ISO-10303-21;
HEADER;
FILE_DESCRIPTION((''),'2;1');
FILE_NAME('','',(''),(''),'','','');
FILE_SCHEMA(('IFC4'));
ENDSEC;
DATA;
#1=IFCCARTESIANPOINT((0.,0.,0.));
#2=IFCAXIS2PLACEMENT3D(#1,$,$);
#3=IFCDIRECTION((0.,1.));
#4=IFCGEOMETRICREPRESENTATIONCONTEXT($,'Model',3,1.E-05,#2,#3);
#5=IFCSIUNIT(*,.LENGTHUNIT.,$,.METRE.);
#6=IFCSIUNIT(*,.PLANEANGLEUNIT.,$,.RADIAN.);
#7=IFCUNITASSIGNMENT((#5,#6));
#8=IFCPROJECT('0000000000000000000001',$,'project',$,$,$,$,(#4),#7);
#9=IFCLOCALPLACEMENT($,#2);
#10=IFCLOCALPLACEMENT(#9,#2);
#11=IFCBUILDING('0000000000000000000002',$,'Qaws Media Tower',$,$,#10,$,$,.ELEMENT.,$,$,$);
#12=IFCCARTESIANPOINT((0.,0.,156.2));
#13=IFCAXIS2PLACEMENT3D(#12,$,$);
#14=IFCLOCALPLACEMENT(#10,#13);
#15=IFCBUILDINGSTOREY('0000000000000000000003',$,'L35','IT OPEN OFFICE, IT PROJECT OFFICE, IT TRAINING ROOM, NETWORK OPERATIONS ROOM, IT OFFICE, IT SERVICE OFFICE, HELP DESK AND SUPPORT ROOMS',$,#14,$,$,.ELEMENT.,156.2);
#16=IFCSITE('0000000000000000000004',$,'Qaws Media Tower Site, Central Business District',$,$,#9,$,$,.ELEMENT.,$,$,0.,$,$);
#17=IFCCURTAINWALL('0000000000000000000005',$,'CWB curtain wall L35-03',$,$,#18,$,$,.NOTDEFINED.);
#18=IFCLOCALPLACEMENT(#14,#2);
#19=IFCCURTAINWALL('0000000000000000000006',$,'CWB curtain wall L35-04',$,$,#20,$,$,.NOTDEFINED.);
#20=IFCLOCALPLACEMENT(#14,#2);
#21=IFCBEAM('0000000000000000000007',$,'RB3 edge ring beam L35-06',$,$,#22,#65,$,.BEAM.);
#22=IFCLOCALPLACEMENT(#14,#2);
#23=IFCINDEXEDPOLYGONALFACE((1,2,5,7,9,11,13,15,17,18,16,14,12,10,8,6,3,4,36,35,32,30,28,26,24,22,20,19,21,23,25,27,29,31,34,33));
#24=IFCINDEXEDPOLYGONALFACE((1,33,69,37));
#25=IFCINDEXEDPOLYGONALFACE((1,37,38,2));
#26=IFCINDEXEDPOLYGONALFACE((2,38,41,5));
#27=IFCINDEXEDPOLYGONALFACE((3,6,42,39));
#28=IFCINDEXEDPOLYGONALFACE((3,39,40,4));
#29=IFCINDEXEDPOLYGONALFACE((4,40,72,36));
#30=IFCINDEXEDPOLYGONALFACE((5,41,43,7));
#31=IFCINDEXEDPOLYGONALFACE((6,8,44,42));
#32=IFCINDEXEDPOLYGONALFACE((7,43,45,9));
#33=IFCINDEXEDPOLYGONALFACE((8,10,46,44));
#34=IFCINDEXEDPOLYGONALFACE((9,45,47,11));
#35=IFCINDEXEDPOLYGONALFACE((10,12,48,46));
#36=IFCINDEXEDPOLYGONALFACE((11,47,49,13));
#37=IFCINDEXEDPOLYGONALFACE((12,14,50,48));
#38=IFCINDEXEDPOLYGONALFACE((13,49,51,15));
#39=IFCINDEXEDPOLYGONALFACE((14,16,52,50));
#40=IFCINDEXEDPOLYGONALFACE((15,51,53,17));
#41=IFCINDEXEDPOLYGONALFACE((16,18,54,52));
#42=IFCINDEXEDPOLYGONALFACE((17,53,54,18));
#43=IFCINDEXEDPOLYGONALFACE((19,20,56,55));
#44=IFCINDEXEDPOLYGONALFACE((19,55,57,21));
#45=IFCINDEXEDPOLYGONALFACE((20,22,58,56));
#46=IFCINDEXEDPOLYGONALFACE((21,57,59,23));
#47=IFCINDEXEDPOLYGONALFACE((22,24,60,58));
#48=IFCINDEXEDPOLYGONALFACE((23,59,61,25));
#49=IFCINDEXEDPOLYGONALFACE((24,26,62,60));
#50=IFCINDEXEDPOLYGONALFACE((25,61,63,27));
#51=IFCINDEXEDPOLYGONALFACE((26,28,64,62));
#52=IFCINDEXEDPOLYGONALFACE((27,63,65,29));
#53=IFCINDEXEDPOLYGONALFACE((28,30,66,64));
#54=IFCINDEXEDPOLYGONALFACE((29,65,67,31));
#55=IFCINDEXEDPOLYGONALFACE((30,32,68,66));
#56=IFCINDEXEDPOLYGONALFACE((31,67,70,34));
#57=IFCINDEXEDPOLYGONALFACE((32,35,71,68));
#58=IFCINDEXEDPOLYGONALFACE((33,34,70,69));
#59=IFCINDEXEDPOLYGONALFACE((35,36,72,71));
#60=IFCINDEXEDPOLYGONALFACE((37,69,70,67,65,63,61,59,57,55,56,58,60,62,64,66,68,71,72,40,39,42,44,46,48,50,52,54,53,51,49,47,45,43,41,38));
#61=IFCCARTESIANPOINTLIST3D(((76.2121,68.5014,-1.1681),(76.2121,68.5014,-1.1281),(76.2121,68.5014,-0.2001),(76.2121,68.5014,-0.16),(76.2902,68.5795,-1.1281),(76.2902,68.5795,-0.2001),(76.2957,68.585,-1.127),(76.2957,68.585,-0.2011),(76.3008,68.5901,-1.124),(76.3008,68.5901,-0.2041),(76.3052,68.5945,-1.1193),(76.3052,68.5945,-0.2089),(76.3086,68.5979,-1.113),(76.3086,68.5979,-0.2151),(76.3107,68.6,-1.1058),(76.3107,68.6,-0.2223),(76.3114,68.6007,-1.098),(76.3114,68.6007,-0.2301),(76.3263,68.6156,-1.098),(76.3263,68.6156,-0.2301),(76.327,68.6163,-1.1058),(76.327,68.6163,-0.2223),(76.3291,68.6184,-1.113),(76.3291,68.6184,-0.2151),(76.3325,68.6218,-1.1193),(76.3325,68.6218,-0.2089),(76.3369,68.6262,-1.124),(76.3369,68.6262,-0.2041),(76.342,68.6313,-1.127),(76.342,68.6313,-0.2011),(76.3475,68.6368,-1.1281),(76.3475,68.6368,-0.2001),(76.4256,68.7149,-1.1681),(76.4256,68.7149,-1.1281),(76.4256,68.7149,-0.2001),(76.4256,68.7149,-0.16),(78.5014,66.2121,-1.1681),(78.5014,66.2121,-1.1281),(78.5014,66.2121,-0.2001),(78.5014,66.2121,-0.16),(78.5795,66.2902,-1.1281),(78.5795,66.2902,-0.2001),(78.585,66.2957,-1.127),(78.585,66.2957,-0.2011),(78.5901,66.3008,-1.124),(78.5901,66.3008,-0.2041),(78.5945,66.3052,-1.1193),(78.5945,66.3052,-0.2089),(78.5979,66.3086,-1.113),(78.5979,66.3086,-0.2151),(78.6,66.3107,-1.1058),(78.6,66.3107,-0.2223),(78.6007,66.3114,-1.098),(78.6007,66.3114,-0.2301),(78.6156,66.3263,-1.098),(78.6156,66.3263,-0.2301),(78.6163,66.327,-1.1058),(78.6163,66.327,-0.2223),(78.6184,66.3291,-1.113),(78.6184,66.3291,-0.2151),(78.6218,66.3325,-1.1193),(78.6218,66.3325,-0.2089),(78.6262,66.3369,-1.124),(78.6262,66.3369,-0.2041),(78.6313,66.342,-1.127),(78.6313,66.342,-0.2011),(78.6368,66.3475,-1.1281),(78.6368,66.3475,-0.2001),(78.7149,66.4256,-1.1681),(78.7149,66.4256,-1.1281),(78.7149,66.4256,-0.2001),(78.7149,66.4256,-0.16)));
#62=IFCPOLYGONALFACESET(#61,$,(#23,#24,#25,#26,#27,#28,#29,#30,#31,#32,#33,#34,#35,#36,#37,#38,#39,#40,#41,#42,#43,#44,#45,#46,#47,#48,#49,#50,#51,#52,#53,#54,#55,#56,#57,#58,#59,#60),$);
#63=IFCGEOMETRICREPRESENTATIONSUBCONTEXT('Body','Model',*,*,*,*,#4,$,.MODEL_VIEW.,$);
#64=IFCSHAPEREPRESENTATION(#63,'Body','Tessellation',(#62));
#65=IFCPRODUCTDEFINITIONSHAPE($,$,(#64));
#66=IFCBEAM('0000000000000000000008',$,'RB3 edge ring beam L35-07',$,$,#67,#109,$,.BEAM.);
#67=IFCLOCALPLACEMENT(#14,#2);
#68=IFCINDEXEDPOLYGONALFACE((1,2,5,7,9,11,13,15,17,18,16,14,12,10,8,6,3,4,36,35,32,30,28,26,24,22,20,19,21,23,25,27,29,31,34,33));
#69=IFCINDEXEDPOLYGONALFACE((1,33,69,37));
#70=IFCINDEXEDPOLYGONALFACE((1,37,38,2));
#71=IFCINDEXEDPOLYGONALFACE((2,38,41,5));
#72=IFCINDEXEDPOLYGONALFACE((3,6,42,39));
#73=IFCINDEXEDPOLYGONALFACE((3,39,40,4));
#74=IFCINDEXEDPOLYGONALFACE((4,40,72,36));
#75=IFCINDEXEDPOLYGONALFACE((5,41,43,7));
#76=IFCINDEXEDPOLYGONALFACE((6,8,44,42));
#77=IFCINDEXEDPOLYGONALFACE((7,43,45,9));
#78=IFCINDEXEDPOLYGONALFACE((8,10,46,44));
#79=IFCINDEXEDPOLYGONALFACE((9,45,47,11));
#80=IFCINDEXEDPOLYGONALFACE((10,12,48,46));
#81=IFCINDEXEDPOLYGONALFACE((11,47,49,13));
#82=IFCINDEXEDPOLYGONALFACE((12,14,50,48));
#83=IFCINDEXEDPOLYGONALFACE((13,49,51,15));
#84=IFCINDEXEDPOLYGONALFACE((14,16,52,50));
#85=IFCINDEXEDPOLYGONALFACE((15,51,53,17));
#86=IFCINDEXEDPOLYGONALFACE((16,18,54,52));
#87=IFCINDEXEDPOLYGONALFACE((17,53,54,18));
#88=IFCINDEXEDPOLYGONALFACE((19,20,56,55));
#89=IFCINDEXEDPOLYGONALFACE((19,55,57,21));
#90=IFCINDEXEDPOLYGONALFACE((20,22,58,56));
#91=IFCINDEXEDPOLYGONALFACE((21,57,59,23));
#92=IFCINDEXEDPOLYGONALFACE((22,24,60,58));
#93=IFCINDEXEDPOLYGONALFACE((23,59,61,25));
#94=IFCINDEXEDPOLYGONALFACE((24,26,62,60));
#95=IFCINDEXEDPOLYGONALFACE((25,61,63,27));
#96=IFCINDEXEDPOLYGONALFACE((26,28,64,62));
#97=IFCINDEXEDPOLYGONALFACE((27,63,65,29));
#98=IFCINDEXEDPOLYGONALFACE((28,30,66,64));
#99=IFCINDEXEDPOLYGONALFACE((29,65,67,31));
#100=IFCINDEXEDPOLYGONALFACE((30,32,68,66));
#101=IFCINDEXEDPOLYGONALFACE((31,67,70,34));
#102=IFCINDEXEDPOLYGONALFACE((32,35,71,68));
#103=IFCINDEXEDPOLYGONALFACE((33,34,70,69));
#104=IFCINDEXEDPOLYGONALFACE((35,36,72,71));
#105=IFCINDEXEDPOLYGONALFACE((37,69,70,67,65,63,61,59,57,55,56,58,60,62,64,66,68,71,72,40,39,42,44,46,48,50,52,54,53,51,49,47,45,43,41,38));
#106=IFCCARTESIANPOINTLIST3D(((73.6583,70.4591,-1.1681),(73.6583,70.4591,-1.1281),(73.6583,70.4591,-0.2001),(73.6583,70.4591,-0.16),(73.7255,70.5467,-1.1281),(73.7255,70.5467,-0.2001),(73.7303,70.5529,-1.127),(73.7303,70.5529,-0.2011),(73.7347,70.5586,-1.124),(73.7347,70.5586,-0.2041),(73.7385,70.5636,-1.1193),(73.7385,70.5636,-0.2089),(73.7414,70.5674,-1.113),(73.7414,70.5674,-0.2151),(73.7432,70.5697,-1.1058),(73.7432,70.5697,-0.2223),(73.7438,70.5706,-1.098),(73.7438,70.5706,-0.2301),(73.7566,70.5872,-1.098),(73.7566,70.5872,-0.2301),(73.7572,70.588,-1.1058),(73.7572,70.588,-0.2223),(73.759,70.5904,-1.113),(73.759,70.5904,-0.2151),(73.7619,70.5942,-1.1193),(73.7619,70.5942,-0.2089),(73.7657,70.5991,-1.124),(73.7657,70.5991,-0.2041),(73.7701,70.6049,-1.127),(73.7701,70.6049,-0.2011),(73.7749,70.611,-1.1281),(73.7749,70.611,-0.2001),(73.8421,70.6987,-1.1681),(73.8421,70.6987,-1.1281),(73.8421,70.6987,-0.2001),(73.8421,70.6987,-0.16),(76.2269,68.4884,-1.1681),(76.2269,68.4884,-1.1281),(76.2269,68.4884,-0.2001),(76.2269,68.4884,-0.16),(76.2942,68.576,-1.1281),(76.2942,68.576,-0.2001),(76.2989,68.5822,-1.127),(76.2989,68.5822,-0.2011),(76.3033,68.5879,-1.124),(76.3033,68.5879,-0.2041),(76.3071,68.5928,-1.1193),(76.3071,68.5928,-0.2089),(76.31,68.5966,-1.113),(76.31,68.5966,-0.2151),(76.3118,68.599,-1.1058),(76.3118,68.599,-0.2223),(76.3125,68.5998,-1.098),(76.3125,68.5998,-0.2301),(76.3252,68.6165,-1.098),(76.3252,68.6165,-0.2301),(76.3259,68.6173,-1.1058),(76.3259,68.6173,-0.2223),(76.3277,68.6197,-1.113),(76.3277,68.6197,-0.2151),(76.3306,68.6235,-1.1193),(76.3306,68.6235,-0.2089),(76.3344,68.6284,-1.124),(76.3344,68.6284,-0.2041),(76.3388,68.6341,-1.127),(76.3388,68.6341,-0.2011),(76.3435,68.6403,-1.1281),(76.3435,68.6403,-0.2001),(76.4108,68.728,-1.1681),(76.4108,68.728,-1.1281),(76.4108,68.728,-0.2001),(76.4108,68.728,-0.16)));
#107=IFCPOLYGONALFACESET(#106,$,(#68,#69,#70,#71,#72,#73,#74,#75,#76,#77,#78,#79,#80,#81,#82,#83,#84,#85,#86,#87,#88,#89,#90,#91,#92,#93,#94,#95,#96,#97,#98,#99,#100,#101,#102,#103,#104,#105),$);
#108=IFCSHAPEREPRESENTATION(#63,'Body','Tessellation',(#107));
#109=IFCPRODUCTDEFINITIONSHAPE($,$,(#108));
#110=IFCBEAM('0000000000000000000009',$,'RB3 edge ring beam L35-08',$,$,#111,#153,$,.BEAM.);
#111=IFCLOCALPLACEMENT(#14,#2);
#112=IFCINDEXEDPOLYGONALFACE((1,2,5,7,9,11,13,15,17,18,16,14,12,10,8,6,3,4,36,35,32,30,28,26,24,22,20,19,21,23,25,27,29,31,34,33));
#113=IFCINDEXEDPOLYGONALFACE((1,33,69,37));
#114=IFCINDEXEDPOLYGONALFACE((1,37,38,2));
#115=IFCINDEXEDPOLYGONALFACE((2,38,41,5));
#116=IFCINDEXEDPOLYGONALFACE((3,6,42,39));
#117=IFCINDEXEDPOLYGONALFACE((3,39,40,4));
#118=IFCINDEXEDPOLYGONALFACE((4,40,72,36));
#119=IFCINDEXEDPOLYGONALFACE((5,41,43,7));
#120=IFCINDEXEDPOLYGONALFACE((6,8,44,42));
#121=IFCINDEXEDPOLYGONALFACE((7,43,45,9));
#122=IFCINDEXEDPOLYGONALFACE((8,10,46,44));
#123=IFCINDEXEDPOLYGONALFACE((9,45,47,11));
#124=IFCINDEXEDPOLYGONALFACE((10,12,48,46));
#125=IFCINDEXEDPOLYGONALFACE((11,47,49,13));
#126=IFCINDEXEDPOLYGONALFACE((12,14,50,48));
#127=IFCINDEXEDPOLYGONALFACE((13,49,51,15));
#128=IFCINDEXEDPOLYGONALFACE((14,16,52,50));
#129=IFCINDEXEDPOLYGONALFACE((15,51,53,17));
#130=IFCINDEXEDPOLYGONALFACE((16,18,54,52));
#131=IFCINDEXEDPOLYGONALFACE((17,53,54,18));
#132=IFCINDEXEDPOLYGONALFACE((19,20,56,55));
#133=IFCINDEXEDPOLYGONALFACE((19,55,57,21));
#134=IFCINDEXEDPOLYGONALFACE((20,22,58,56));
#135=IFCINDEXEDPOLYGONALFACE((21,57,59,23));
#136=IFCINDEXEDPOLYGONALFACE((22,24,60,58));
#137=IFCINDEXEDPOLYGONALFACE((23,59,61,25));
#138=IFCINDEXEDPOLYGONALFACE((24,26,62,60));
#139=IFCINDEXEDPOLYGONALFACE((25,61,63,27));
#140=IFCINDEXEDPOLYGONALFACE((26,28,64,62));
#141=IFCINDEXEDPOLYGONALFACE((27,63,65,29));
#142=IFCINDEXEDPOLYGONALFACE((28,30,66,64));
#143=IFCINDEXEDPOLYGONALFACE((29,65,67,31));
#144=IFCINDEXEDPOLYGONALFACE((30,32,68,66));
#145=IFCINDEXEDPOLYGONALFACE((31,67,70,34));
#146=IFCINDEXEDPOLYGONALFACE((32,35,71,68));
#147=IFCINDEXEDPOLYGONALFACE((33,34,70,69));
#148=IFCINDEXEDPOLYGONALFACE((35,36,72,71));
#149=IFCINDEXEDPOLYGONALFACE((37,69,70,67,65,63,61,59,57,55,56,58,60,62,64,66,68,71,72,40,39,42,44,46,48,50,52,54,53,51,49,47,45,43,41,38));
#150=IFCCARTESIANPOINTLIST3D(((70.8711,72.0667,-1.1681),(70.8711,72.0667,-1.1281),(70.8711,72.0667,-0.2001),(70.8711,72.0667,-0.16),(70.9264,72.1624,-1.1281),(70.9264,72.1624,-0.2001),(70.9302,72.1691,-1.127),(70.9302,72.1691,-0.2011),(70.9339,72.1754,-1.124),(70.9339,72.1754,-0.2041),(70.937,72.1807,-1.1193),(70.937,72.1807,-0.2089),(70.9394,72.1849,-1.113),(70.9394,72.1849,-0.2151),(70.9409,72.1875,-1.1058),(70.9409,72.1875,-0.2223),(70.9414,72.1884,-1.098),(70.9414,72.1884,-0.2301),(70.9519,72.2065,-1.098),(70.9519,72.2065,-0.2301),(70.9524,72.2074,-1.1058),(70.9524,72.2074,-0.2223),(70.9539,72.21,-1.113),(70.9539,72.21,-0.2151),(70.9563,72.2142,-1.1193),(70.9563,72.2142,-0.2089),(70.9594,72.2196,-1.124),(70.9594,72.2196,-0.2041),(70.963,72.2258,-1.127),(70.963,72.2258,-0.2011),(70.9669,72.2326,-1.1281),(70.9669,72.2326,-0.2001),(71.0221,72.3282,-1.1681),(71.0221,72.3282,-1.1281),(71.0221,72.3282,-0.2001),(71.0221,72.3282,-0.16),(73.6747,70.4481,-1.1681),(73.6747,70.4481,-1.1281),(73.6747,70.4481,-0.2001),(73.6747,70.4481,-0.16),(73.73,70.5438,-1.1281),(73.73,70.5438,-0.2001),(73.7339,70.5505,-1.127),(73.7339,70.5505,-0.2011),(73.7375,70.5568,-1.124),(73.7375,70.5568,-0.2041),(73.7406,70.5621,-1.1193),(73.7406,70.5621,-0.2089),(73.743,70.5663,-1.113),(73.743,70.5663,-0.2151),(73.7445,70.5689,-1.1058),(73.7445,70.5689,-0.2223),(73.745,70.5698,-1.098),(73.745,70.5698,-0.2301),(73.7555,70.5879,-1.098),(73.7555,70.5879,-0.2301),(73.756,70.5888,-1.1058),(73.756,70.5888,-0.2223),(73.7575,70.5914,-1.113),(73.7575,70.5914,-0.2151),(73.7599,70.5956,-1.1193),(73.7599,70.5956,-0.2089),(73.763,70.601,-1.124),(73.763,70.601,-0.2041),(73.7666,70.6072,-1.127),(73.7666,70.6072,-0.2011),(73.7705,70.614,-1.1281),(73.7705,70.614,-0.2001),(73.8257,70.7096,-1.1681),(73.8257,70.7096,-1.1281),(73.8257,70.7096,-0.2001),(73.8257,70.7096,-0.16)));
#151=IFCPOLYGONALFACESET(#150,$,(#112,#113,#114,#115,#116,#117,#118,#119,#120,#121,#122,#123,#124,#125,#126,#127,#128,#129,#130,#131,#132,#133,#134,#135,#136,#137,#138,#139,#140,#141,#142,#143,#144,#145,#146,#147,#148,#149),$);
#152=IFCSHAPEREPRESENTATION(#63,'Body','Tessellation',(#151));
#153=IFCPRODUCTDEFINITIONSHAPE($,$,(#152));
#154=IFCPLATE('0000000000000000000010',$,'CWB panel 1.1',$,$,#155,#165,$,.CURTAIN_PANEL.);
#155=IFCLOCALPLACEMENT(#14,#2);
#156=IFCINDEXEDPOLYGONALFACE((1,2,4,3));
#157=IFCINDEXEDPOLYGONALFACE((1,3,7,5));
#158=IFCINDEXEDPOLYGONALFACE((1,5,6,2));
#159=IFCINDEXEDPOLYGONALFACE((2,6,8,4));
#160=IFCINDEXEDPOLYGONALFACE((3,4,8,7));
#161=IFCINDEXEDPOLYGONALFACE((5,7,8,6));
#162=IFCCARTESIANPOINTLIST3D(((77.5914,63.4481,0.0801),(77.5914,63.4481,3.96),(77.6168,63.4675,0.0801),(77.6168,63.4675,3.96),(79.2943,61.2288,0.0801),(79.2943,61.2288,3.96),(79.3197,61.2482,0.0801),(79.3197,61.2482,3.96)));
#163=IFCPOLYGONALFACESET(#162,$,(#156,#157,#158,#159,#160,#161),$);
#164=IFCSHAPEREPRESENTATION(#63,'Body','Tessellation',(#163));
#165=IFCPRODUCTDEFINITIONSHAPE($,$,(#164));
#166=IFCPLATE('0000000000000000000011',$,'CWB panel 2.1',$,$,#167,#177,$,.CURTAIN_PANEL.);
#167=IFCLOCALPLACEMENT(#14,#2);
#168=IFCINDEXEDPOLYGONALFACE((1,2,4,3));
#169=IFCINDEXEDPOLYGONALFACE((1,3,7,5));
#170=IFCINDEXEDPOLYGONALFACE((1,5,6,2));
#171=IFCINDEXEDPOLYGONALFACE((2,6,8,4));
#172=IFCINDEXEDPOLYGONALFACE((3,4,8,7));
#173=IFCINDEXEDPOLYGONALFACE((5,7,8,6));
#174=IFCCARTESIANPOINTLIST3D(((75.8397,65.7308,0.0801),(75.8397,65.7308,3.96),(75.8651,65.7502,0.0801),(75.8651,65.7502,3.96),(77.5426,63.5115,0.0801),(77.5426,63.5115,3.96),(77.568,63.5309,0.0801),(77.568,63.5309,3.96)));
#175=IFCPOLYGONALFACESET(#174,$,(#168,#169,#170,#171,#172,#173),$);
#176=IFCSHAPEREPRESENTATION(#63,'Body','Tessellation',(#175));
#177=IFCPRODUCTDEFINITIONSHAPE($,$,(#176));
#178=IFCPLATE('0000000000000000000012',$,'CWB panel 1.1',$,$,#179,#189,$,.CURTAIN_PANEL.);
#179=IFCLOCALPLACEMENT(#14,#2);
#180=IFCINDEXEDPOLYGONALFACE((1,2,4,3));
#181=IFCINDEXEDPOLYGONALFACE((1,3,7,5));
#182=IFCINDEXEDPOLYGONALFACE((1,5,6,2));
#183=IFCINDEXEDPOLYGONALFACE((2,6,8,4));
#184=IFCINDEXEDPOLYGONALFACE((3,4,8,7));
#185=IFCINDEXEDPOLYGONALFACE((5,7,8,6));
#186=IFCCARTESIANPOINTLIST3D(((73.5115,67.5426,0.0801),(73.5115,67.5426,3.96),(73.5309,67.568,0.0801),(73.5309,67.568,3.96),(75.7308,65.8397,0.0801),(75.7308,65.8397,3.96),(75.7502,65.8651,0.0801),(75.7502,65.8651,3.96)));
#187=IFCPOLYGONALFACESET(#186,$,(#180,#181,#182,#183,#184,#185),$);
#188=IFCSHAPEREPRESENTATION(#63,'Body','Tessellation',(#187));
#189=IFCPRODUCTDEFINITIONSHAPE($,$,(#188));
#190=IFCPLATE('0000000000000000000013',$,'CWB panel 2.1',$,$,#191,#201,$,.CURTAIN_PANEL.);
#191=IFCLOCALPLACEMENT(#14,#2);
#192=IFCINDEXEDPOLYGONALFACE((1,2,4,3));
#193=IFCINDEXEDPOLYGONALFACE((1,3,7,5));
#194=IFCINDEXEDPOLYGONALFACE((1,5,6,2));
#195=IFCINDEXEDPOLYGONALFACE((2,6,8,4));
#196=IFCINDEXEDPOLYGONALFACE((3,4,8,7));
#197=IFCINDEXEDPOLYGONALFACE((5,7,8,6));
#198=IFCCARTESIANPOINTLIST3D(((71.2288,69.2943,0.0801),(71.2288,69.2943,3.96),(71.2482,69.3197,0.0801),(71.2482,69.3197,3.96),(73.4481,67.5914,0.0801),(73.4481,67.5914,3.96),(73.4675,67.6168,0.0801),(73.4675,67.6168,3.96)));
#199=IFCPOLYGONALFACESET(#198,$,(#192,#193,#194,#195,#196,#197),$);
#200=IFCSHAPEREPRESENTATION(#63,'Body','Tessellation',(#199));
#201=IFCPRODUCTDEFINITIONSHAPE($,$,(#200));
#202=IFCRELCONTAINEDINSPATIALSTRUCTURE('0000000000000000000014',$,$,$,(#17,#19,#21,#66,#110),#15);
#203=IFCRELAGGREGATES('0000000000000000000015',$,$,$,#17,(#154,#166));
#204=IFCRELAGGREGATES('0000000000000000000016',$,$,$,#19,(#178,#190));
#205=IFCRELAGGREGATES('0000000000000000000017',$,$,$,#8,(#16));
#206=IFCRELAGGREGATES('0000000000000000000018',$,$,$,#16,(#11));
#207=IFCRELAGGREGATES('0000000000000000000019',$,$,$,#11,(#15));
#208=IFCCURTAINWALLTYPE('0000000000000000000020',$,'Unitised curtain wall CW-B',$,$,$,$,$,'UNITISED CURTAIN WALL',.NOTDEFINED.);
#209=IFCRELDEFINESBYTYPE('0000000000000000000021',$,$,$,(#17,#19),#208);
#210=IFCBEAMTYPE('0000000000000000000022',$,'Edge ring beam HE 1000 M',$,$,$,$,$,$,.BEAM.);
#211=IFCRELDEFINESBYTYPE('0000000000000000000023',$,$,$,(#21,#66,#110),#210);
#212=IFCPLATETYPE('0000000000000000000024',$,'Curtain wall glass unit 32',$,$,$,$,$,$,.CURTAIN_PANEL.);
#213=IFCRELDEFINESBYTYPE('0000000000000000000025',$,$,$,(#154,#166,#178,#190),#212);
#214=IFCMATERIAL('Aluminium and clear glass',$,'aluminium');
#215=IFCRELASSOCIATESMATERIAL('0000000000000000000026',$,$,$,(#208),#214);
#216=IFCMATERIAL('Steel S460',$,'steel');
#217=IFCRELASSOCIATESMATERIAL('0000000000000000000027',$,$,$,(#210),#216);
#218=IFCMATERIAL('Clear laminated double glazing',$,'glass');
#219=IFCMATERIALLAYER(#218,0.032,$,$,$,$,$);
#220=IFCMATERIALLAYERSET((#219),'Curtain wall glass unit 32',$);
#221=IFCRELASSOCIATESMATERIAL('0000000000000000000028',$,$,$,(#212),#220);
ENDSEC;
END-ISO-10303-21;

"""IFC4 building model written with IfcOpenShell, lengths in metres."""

from ifc_helpers import new_model, si_unit, direction, frame, origin, origin_2d, place, context, subcontext, project, spatial, rectangle, i_section, extrude, material, layer, layer_set, material_profile, profile_set, type_object, element, aggregate, save


model = new_model("IFC4")

# Units and contexts
model_context = context("Model", 3, precision=1e-05, world=origin(), true_north=direction((0.0, 1.0)))
body_context = subcontext(model_context, "Body", "Model", "MODEL_VIEW")
ifc_project = project(units=[si_unit("LENGTHUNIT", "METRE"), si_unit("PLANEANGLEUNIT", "RADIAN")], contexts=[model_context])

# Site, building, storey
site_placement = place(None, origin())
site = spatial("IfcSite", under=ifc_project, at=site_placement, Name="Qaws Media Tower Site, Central Business District", CompositionType="ELEMENT", RefElevation=0.0)
building_placement = place(site_placement, origin())
building = spatial("IfcBuilding", under=site, at=building_placement, Name="Qaws Media Tower", CompositionType="ELEMENT")
storey_placement = place(building_placement, frame((0.0, 0.0, 156.2)))
storey = spatial("IfcBuildingStorey", under=building, at=storey_placement, Name="L35", Description="IT OPEN OFFICE, IT PROJECT OFFICE, IT TRAINING ROOM, NETWORK OPERATIONS ROOM, IT OFFICE, IT SERVICE OFFICE, HELP DESK AND SUPPORT ROOMS", CompositionType="ELEMENT", Elevation=156.2)

# Shared definitions
ifc_material_1 = material(Name="Aluminium and clear glass", Category="aluminium")
curtain_wall_type = type_object("IfcCurtainWallType", Name="Unitised curtain wall CW-B", ElementType="UNITISED CURTAIN WALL", PredefinedType="NOTDEFINED", material=ifc_material_1)

# Curtain walls
curtain_wall_1_placement = place(storey_placement, origin())
curtain_wall_1 = element("IfcCurtainWall", 1, at=curtain_wall_1_placement, inside=storey, type_object=curtain_wall_type, Name="CWB curtain wall L35-03", PredefinedType="NOTDEFINED")
curtain_wall_2_placement = place(storey_placement, origin())
curtain_wall_2 = element("IfcCurtainWall", 2, at=curtain_wall_2_placement, inside=storey, type_object=curtain_wall_type, Name="CWB curtain wall L35-04", PredefinedType="NOTDEFINED")

# Beams
ifc_material_2 = material(Name="Steel S460", Category="steel")
ifc_material_profile_1 = material_profile(ifc_material_2, i_section(OverallWidth=0.302, OverallDepth=1.0081, WebThickness=0.021, FlangeThickness=0.04, FilletRadius=0.03, at=origin_2d()), Name="HE 1000 M")
ifc_profile_set_1 = profile_set([ifc_material_profile_1], Name="Steel S460")
beam_type = type_object("IfcBeamType", Name="Edge ring beam HE 1000 M", PredefinedType="BEAM", material=ifc_profile_set_1)
for number, where, z_axis, x_axis, name in (
    (3, (78.6082, 66.3188, -0.6641), (-0.707107, 0.707107, 0.0), (-0.707107, -0.707107, 0.0), "RB3 edge ring beam L35-06"),
    (4, (76.3188, 68.6082, -0.6641), (-0.793391, 0.608712, 0.0), (-0.608712, -0.793391, 0.0), "RB3 edge ring beam L35-07"),
):
    element("IfcBeam", number, at=place(storey_placement, frame(where, z_axis=z_axis, x_axis=x_axis)), inside=storey, type_object=beam_type, Name=name, PredefinedType="BEAM", context=body_context, shape_type="SweptSolid", body=[
        extrude(i_section(OverallWidth=0.302, OverallDepth=1.0081, WebThickness=0.021, FlangeThickness=0.04, FilletRadius=0.03, at=origin_2d()), origin(), (0.0, 0.0, 1.0), 3.2375),
    ])
beam_1_placement = place(storey_placement, frame((73.7502, 70.5789, -0.6641), z_axis=(-0.866035, 0.499984, 0.0), x_axis=(-0.499984, -0.866035, 0.0)))
element("IfcBeam", 5, at=beam_1_placement, inside=storey, type_object=beam_type, Name="RB3 edge ring beam L35-08", PredefinedType="BEAM", context=body_context, shape_type="SweptSolid", body=[
    extrude(i_section(OverallWidth=0.302, OverallDepth=1.0081, WebThickness=0.021, FlangeThickness=0.04, FilletRadius=0.03, at=origin_2d()), origin(), (0.0, 0.0, 1.0), 3.2373),
])

# Plates
ifc_material_3 = material(Name="Clear laminated double glazing", Category="glass")
ifc_layer_1 = layer(ifc_material_3, 0.032)
ifc_layer_set_1 = layer_set([ifc_layer_1], Name="Curtain wall glass unit 32")
plate_type_1 = type_object("IfcPlateType", Name="Curtain wall glass unit 32", PredefinedType="CURTAIN_PANEL", material=ifc_layer_set_1)
plate_1_placement = place(storey_placement, frame((78.4556, 62.3481, 0.0801), z_axis=(0.0, 0.0, 1.0), x_axis=(-0.608761, 0.793353, 0.0)))
plate_1 = element("IfcPlate", 6, at=plate_1_placement, type_object=plate_type_1, Name="CWB panel 1.1", PredefinedType="CURTAIN_PANEL", context=body_context, shape_type="SweptSolid", body=[
    extrude(rectangle(XDim=2.7974, YDim=0.032, at=origin_2d()), origin(), (0.0, 0.0, 1.0), 3.8799),
])
plate_2_placement = place(storey_placement, frame((76.7039, 64.6309, 0.0801), z_axis=(0.0, 0.0, 1.0), x_axis=(-0.608761, 0.793353, 0.0)))
plate_2 = element("IfcPlate", 7, at=plate_2_placement, type_object=plate_type_1, Name="CWB panel 2.1", PredefinedType="CURTAIN_PANEL", context=body_context, shape_type="SweptSolid", body=[
    extrude(rectangle(XDim=2.7974, YDim=0.032, at=origin_2d()), origin(), (0.0, 0.0, 1.0), 3.8799),
])
aggregate(curtain_wall_1, [plate_1, plate_2])
plate_3_placement = place(storey_placement, frame((74.6309, 66.7039, 0.0801), z_axis=(0.0, 0.0, 1.0), x_axis=(-0.793353, 0.608761, 0.0)))
plate_3 = element("IfcPlate", 8, at=plate_3_placement, type_object=plate_type_1, Name="CWB panel 1.1", PredefinedType="CURTAIN_PANEL", context=body_context, shape_type="SweptSolid", body=[
    extrude(rectangle(XDim=2.7974, YDim=0.032, at=origin_2d()), origin(), (0.0, 0.0, 1.0), 3.8799),
])
plate_4_placement = place(storey_placement, frame((72.3481, 68.4556, 0.0801), z_axis=(0.0, 0.0, 1.0), x_axis=(-0.793353, 0.608761, 0.0)))
plate_4 = element("IfcPlate", 9, at=plate_4_placement, type_object=plate_type_1, Name="CWB panel 2.1", PredefinedType="CURTAIN_PANEL", context=body_context, shape_type="SweptSolid", body=[
    extrude(rectangle(XDim=2.7974, YDim=0.032, at=origin_2d()), origin(), (0.0, 0.0, 1.0), 3.8799),
])
aggregate(curtain_wall_2, [plate_3, plate_4])

save(model, "model.ifc")
